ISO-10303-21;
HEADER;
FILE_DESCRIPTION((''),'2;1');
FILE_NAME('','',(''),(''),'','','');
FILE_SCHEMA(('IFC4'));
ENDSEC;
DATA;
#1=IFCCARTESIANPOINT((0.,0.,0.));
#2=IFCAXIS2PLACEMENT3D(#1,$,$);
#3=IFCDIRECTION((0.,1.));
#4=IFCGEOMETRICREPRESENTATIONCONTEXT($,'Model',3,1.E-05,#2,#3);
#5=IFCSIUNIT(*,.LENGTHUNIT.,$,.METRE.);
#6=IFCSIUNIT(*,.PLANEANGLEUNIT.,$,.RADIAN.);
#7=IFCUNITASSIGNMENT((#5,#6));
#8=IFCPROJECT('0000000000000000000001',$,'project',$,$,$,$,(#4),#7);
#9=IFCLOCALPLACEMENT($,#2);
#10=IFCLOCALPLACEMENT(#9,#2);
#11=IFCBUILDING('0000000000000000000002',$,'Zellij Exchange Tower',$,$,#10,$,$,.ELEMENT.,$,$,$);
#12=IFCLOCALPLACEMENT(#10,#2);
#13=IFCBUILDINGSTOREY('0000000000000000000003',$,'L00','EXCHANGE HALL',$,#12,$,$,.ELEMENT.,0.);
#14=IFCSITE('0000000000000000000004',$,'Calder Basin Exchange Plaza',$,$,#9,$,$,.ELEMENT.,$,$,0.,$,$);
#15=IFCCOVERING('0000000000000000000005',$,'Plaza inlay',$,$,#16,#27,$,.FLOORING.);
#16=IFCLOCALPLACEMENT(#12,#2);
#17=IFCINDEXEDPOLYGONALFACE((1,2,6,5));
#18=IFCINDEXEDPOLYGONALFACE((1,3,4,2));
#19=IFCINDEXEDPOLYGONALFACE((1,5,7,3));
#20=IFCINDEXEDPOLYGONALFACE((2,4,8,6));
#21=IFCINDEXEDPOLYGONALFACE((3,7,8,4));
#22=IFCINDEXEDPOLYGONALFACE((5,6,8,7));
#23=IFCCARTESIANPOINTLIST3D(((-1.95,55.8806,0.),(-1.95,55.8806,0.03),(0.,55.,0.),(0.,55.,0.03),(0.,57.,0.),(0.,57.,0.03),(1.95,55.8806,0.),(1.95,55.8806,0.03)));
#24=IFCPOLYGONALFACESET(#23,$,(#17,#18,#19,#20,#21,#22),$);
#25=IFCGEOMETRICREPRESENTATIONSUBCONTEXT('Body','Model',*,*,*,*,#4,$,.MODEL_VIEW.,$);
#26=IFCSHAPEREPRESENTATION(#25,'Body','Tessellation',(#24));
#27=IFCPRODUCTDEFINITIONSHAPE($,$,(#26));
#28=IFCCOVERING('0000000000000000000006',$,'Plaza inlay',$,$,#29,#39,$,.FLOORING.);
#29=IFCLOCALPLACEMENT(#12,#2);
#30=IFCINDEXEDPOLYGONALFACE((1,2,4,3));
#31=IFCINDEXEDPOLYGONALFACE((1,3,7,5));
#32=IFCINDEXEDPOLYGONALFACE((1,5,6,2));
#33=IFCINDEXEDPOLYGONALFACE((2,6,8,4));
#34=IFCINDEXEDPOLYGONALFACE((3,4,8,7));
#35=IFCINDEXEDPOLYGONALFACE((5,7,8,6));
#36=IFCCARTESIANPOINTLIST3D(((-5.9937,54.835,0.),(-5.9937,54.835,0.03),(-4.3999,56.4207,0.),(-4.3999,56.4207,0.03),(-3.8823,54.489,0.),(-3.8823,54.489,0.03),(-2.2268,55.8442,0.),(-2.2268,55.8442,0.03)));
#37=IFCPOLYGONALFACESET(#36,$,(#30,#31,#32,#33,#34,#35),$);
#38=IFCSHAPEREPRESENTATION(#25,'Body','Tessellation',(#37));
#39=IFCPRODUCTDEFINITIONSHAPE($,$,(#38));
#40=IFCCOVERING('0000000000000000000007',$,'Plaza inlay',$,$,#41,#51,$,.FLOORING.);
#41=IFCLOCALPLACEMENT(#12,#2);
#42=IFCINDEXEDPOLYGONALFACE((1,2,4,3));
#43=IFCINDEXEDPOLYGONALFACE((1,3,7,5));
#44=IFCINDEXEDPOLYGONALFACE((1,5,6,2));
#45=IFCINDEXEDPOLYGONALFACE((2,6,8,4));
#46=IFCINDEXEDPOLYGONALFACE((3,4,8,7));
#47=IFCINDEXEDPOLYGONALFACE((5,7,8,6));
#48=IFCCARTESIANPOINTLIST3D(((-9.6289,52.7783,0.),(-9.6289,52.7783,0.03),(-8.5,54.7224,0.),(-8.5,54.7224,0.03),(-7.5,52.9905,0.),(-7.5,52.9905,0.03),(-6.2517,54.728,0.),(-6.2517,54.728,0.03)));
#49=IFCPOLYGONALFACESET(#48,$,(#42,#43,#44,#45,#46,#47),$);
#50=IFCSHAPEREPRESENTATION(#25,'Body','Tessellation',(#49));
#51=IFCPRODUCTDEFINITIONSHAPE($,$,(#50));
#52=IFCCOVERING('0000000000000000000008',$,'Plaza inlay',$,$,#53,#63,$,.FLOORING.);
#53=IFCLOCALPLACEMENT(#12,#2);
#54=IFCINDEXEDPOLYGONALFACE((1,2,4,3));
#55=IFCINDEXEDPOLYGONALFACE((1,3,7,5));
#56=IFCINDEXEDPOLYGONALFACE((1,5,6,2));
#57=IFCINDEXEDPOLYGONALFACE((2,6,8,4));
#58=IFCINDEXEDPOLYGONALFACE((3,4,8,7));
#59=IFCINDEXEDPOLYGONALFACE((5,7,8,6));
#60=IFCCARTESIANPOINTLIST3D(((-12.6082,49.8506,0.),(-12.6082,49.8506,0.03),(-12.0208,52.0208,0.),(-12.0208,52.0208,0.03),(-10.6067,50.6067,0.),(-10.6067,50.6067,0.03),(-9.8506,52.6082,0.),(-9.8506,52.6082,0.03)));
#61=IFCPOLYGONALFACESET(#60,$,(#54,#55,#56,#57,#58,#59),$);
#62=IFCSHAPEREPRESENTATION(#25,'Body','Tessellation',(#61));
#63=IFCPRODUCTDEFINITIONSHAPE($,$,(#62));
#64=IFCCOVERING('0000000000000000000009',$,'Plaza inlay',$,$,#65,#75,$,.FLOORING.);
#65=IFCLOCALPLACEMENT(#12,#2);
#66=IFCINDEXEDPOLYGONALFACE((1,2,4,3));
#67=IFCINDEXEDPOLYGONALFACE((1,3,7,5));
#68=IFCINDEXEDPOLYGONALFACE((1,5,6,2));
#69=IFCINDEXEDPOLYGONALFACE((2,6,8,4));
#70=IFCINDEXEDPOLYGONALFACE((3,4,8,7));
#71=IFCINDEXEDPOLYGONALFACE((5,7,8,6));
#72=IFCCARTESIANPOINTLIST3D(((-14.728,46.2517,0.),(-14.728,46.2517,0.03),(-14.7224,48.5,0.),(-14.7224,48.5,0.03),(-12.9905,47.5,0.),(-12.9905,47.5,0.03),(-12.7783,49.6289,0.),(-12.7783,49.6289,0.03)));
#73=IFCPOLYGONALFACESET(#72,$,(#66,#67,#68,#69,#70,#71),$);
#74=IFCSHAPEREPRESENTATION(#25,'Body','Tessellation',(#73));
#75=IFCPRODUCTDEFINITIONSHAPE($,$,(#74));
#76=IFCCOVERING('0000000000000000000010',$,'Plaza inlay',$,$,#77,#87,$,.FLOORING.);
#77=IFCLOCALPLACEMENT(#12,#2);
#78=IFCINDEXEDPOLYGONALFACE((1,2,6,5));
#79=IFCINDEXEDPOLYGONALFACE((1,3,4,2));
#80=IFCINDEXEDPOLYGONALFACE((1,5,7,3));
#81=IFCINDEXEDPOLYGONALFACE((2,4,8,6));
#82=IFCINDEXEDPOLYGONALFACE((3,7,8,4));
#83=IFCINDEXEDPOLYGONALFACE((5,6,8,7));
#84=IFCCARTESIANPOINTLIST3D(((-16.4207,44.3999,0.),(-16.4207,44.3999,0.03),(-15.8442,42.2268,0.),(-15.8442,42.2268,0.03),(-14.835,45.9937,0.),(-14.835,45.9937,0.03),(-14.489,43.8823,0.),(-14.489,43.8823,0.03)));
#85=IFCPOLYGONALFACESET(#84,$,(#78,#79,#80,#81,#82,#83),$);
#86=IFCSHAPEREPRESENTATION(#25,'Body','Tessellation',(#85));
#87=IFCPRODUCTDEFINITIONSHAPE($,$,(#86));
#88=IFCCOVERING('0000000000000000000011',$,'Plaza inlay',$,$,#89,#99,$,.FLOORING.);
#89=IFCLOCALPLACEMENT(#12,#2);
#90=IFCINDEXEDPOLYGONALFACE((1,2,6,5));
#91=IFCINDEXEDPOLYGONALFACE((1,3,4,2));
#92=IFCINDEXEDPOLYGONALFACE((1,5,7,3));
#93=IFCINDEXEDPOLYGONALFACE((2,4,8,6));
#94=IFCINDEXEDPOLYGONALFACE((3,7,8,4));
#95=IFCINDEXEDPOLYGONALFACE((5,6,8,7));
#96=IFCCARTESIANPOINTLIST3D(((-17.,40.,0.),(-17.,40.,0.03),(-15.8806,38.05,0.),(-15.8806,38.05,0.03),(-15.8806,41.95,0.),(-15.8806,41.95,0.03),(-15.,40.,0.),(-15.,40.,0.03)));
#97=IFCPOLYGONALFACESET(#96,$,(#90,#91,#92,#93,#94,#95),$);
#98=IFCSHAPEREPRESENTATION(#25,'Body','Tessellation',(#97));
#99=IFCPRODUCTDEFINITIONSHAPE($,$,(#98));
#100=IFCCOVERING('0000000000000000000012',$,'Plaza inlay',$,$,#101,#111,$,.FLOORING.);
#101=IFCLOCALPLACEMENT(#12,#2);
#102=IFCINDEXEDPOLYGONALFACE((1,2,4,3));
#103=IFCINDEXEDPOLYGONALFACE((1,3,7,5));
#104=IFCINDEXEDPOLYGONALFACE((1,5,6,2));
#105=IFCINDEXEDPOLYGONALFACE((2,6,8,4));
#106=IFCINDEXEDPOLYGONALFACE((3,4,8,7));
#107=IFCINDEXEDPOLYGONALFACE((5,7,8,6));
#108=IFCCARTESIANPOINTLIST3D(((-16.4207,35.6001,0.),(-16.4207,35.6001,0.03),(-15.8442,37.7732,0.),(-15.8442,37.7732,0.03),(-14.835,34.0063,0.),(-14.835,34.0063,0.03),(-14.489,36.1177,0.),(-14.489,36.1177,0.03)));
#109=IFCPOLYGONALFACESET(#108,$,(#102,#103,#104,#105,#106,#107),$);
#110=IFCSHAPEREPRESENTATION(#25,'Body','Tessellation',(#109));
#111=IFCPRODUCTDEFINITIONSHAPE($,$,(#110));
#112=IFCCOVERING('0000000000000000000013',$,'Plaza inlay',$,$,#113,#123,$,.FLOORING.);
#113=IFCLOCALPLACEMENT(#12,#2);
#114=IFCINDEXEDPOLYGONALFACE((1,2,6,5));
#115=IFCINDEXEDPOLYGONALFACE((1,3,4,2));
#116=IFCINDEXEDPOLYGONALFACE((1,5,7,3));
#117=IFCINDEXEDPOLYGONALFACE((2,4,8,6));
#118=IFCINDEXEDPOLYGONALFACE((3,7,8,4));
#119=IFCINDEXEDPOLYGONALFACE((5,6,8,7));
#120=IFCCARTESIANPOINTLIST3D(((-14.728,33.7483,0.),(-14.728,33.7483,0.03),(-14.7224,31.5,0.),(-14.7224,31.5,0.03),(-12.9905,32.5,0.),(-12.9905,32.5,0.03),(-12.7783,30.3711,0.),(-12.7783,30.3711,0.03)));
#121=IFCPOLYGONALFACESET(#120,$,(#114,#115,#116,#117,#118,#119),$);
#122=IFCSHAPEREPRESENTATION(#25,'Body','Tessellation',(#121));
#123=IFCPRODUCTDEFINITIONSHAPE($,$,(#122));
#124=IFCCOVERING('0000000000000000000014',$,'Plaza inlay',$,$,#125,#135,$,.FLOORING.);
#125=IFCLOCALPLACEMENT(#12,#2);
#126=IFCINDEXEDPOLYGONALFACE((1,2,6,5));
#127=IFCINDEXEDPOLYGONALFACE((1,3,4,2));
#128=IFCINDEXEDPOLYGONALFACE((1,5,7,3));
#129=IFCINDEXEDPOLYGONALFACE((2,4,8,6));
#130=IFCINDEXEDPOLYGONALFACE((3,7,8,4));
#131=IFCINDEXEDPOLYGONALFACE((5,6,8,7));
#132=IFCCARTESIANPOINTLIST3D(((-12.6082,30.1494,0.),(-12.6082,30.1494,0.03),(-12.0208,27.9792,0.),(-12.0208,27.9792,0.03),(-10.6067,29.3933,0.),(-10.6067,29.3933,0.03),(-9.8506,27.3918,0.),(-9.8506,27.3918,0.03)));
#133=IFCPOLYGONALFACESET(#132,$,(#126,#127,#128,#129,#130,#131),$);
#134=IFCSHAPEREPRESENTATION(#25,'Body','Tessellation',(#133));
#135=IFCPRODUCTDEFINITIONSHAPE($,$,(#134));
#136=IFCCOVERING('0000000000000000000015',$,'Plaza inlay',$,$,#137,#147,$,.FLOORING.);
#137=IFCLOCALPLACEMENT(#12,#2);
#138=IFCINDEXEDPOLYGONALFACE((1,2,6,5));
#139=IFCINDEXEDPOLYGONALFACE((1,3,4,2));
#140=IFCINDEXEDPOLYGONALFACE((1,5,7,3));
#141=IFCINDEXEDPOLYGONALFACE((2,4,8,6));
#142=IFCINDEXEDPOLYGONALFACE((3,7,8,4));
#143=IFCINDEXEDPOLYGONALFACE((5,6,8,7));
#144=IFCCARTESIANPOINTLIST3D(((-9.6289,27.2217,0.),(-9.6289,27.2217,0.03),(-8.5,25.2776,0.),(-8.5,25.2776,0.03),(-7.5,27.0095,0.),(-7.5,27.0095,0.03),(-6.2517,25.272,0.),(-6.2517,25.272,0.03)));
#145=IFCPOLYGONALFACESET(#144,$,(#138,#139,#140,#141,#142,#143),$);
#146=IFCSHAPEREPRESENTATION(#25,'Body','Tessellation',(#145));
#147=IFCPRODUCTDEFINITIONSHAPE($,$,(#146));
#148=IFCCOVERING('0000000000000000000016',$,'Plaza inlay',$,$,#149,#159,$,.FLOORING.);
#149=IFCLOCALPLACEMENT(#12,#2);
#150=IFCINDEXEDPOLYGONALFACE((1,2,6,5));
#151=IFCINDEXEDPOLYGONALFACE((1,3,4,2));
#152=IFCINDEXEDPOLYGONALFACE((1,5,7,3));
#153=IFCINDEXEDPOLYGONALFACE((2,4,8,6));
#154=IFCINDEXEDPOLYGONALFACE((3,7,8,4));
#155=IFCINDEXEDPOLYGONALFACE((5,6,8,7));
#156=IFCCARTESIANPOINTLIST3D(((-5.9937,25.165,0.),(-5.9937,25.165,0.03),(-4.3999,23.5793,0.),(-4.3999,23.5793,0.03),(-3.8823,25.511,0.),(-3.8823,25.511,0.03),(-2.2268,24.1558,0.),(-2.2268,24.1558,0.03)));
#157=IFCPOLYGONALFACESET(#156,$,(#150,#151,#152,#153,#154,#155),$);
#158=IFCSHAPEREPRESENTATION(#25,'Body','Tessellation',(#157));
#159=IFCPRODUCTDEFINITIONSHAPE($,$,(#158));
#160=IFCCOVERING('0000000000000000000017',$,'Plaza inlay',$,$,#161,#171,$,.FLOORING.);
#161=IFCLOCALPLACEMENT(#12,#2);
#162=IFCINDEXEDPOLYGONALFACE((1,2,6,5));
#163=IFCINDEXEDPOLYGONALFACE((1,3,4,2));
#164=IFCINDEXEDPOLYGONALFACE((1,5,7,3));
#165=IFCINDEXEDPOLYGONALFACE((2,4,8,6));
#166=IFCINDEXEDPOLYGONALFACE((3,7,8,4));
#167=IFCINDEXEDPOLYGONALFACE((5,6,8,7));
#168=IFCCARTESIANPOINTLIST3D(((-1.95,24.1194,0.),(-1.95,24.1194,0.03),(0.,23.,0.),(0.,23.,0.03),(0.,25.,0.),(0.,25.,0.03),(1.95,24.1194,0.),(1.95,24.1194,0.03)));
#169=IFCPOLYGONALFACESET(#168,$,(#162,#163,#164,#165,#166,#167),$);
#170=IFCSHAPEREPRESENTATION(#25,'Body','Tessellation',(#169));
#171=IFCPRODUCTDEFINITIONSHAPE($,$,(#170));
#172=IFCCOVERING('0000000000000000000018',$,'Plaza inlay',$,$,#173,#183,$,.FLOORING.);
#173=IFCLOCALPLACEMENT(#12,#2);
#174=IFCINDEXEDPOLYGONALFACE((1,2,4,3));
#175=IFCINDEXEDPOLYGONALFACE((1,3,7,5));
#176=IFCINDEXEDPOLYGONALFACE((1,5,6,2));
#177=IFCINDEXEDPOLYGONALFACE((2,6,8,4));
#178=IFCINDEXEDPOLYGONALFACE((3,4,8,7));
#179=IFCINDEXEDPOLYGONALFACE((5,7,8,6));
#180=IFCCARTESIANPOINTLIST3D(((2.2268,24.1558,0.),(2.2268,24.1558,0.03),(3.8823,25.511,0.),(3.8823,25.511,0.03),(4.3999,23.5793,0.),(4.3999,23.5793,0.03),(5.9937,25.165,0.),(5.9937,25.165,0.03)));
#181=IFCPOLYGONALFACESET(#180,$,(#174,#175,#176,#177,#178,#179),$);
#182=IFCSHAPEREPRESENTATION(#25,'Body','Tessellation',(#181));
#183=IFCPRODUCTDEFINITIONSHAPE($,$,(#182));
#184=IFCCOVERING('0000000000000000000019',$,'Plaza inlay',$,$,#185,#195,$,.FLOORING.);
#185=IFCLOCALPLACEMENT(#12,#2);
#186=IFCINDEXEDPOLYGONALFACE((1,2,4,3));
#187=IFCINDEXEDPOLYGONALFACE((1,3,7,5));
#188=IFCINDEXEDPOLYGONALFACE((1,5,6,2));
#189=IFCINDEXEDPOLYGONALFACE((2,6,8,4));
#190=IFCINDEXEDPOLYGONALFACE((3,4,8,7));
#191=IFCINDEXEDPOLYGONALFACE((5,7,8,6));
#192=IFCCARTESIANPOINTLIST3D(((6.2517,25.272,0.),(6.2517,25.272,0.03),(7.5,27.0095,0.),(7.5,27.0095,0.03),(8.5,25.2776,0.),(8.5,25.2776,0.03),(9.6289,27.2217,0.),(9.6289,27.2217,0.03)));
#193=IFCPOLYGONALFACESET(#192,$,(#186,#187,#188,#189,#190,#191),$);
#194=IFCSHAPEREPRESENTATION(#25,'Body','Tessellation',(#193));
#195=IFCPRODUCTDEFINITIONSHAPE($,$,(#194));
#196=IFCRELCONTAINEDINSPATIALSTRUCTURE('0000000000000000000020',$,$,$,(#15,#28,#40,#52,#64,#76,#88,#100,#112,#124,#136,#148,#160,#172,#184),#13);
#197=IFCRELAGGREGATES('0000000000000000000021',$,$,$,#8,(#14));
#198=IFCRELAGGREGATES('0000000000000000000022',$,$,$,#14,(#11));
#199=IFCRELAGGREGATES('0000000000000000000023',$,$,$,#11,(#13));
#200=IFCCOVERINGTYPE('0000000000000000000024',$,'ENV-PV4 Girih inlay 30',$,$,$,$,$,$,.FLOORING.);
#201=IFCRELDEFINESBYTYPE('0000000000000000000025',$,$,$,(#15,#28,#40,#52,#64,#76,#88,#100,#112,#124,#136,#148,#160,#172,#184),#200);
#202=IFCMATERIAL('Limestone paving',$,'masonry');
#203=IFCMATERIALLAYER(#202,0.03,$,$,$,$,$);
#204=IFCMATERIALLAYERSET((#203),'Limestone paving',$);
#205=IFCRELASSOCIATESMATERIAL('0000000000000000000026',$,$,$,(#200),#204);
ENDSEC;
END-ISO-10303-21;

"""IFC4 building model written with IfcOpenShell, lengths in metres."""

from ifc_helpers import new_model, si_unit, direction, origin, place, context, subcontext, project, spatial, polyline, outline, extrude, material, layer, layer_set, type_object, element, save


model = new_model("IFC4")

# Units and contexts
model_context = context("Model", 3, precision=1e-05, world=origin(), true_north=direction((0.0, 1.0)))
body_context = subcontext(model_context, "Body", "Model", "MODEL_VIEW")
ifc_project = project(units=[si_unit("LENGTHUNIT", "METRE"), si_unit("PLANEANGLEUNIT", "RADIAN")], contexts=[model_context])

# Site, building, storey
site_placement = place(None, origin())
site = spatial("IfcSite", under=ifc_project, at=site_placement, Name="Calder Basin Exchange Plaza", CompositionType="ELEMENT", RefElevation=0.0)
building_placement = place(site_placement, origin())
building = spatial("IfcBuilding", under=site, at=building_placement, Name="Zellij Exchange Tower", CompositionType="ELEMENT")
storey_placement = place(building_placement, origin())
storey = spatial("IfcBuildingStorey", under=building, at=storey_placement, Name="L00", Description="EXCHANGE HALL", CompositionType="ELEMENT", Elevation=0.0)

# Shared definitions
ifc_material = material(Name="Limestone paving", Category="masonry")

# Coverings
ifc_layer_1 = layer(ifc_material, 0.03)
ifc_layer_set_1 = layer_set([ifc_layer_1], Name="Limestone paving")
covering_type = type_object("IfcCoveringType", Name="ENV-PV4 Girih inlay 30", PredefinedType="FLOORING", material=ifc_layer_set_1)
covering_1_placement = place(storey_placement, origin())
element("IfcCovering", 1, at=covering_1_placement, inside=storey, type_object=covering_type, Name="Plaza inlay", PredefinedType="FLOORING", context=body_context, shape_type="SweptSolid", body=[
    extrude(outline(polyline([(0.0, 55.0), (-1.95, 55.8806), (0.0, 57.0), (1.95, 55.8806), (0.0, 55.0)])), origin(), (0.0, 0.0, 1.0), 0.03),
])
covering_2_placement = place(storey_placement, origin())
element("IfcCovering", 2, at=covering_2_placement, inside=storey, type_object=covering_type, Name="Plaza inlay", PredefinedType="FLOORING", context=body_context, shape_type="SweptSolid", body=[
    extrude(outline(polyline([(-3.8823, 54.489), (-5.9937, 54.835), (-4.3999, 56.4207), (-2.2268, 55.8442), (-3.8823, 54.489)])), origin(), (0.0, 0.0, 1.0), 0.03),
])
covering_3_placement = place(storey_placement, origin())
element("IfcCovering", 3, at=covering_3_placement, inside=storey, type_object=covering_type, Name="Plaza inlay", PredefinedType="FLOORING", context=body_context, shape_type="SweptSolid", body=[
    extrude(outline(polyline([(-7.5, 52.9905), (-9.6289, 52.7783), (-8.5, 54.7224), (-6.2517, 54.728), (-7.5, 52.9905)])), origin(), (0.0, 0.0, 1.0), 0.03),
])
covering_4_placement = place(storey_placement, origin())
element("IfcCovering", 4, at=covering_4_placement, inside=storey, type_object=covering_type, Name="Plaza inlay", PredefinedType="FLOORING", context=body_context, shape_type="SweptSolid", body=[
    extrude(outline(polyline([(-10.6067, 50.6067), (-12.6082, 49.8506), (-12.0208, 52.0208), (-9.8506, 52.6082), (-10.6067, 50.6067)])), origin(), (0.0, 0.0, 1.0), 0.03),
])
covering_5_placement = place(storey_placement, origin())
element("IfcCovering", 5, at=covering_5_placement, inside=storey, type_object=covering_type, Name="Plaza inlay", PredefinedType="FLOORING", context=body_context, shape_type="SweptSolid", body=[
    extrude(outline(polyline([(-12.9905, 47.5), (-14.728, 46.2517), (-14.7224, 48.5), (-12.7783, 49.6289), (-12.9905, 47.5)])), origin(), (0.0, 0.0, 1.0), 0.03),
])
covering_6_placement = place(storey_placement, origin())
element("IfcCovering", 6, at=covering_6_placement, inside=storey, type_object=covering_type, Name="Plaza inlay", PredefinedType="FLOORING", context=body_context, shape_type="SweptSolid", body=[
    extrude(outline(polyline([(-14.489, 43.8823), (-15.8442, 42.2268), (-16.4207, 44.3999), (-14.835, 45.9937), (-14.489, 43.8823)])), origin(), (0.0, 0.0, 1.0), 0.03),
])
covering_7_placement = place(storey_placement, origin())
element("IfcCovering", 7, at=covering_7_placement, inside=storey, type_object=covering_type, Name="Plaza inlay", PredefinedType="FLOORING", context=body_context, shape_type="SweptSolid", body=[
    extrude(outline(polyline([(-15.0, 40.0), (-15.8806, 38.05), (-17.0, 40.0), (-15.8806, 41.95), (-15.0, 40.0)])), origin(), (0.0, 0.0, 1.0), 0.03),
])
covering_8_placement = place(storey_placement, origin())
element("IfcCovering", 8, at=covering_8_placement, inside=storey, type_object=covering_type, Name="Plaza inlay", PredefinedType="FLOORING", context=body_context, shape_type="SweptSolid", body=[
    extrude(outline(polyline([(-14.489, 36.1177), (-14.835, 34.0063), (-16.4207, 35.6001), (-15.8442, 37.7732), (-14.489, 36.1177)])), origin(), (0.0, 0.0, 1.0), 0.03),
])
covering_9_placement = place(storey_placement, origin())
element("IfcCovering", 9, at=covering_9_placement, inside=storey, type_object=covering_type, Name="Plaza inlay", PredefinedType="FLOORING", context=body_context, shape_type="SweptSolid", body=[
    extrude(outline(polyline([(-12.9905, 32.5), (-12.7783, 30.3711), (-14.7224, 31.5), (-14.728, 33.7483), (-12.9905, 32.5)])), origin(), (0.0, 0.0, 1.0), 0.03),
])
covering_10_placement = place(storey_placement, origin())
element("IfcCovering", 10, at=covering_10_placement, inside=storey, type_object=covering_type, Name="Plaza inlay", PredefinedType="FLOORING", context=body_context, shape_type="SweptSolid", body=[
    extrude(outline(polyline([(-10.6067, 29.3933), (-9.8506, 27.3918), (-12.0208, 27.9792), (-12.6082, 30.1494), (-10.6067, 29.3933)])), origin(), (0.0, 0.0, 1.0), 0.03),
])
covering_11_placement = place(storey_placement, origin())
element("IfcCovering", 11, at=covering_11_placement, inside=storey, type_object=covering_type, Name="Plaza inlay", PredefinedType="FLOORING", context=body_context, shape_type="SweptSolid", body=[
    extrude(outline(polyline([(-7.5, 27.0095), (-6.2517, 25.272), (-8.5, 25.2776), (-9.6289, 27.2217), (-7.5, 27.0095)])), origin(), (0.0, 0.0, 1.0), 0.03),
])
covering_12_placement = place(storey_placement, origin())
element("IfcCovering", 12, at=covering_12_placement, inside=storey, type_object=covering_type, Name="Plaza inlay", PredefinedType="FLOORING", context=body_context, shape_type="SweptSolid", body=[
    extrude(outline(polyline([(-3.8823, 25.511), (-2.2268, 24.1558), (-4.3999, 23.5793), (-5.9937, 25.165), (-3.8823, 25.511)])), origin(), (0.0, 0.0, 1.0), 0.03),
])
covering_13_placement = place(storey_placement, origin())
element("IfcCovering", 13, at=covering_13_placement, inside=storey, type_object=covering_type, Name="Plaza inlay", PredefinedType="FLOORING", context=body_context, shape_type="SweptSolid", body=[
    extrude(outline(polyline([(0.0, 25.0), (1.95, 24.1194), (0.0, 23.0), (-1.95, 24.1194), (0.0, 25.0)])), origin(), (0.0, 0.0, 1.0), 0.03),
])
covering_14_placement = place(storey_placement, origin())
element("IfcCovering", 14, at=covering_14_placement, inside=storey, type_object=covering_type, Name="Plaza inlay", PredefinedType="FLOORING", context=body_context, shape_type="SweptSolid", body=[
    extrude(outline(polyline([(3.8823, 25.511), (5.9937, 25.165), (4.3999, 23.5793), (2.2268, 24.1558), (3.8823, 25.511)])), origin(), (0.0, 0.0, 1.0), 0.03),
])
covering_15_placement = place(storey_placement, origin())
element("IfcCovering", 15, at=covering_15_placement, inside=storey, type_object=covering_type, Name="Plaza inlay", PredefinedType="FLOORING", context=body_context, shape_type="SweptSolid", body=[
    extrude(outline(polyline([(7.5, 27.0095), (9.6289, 27.2217), (8.5, 25.2776), (6.2517, 25.272), (7.5, 27.0095)])), origin(), (0.0, 0.0, 1.0), 0.03),
])

save(model, "model.ifc")
